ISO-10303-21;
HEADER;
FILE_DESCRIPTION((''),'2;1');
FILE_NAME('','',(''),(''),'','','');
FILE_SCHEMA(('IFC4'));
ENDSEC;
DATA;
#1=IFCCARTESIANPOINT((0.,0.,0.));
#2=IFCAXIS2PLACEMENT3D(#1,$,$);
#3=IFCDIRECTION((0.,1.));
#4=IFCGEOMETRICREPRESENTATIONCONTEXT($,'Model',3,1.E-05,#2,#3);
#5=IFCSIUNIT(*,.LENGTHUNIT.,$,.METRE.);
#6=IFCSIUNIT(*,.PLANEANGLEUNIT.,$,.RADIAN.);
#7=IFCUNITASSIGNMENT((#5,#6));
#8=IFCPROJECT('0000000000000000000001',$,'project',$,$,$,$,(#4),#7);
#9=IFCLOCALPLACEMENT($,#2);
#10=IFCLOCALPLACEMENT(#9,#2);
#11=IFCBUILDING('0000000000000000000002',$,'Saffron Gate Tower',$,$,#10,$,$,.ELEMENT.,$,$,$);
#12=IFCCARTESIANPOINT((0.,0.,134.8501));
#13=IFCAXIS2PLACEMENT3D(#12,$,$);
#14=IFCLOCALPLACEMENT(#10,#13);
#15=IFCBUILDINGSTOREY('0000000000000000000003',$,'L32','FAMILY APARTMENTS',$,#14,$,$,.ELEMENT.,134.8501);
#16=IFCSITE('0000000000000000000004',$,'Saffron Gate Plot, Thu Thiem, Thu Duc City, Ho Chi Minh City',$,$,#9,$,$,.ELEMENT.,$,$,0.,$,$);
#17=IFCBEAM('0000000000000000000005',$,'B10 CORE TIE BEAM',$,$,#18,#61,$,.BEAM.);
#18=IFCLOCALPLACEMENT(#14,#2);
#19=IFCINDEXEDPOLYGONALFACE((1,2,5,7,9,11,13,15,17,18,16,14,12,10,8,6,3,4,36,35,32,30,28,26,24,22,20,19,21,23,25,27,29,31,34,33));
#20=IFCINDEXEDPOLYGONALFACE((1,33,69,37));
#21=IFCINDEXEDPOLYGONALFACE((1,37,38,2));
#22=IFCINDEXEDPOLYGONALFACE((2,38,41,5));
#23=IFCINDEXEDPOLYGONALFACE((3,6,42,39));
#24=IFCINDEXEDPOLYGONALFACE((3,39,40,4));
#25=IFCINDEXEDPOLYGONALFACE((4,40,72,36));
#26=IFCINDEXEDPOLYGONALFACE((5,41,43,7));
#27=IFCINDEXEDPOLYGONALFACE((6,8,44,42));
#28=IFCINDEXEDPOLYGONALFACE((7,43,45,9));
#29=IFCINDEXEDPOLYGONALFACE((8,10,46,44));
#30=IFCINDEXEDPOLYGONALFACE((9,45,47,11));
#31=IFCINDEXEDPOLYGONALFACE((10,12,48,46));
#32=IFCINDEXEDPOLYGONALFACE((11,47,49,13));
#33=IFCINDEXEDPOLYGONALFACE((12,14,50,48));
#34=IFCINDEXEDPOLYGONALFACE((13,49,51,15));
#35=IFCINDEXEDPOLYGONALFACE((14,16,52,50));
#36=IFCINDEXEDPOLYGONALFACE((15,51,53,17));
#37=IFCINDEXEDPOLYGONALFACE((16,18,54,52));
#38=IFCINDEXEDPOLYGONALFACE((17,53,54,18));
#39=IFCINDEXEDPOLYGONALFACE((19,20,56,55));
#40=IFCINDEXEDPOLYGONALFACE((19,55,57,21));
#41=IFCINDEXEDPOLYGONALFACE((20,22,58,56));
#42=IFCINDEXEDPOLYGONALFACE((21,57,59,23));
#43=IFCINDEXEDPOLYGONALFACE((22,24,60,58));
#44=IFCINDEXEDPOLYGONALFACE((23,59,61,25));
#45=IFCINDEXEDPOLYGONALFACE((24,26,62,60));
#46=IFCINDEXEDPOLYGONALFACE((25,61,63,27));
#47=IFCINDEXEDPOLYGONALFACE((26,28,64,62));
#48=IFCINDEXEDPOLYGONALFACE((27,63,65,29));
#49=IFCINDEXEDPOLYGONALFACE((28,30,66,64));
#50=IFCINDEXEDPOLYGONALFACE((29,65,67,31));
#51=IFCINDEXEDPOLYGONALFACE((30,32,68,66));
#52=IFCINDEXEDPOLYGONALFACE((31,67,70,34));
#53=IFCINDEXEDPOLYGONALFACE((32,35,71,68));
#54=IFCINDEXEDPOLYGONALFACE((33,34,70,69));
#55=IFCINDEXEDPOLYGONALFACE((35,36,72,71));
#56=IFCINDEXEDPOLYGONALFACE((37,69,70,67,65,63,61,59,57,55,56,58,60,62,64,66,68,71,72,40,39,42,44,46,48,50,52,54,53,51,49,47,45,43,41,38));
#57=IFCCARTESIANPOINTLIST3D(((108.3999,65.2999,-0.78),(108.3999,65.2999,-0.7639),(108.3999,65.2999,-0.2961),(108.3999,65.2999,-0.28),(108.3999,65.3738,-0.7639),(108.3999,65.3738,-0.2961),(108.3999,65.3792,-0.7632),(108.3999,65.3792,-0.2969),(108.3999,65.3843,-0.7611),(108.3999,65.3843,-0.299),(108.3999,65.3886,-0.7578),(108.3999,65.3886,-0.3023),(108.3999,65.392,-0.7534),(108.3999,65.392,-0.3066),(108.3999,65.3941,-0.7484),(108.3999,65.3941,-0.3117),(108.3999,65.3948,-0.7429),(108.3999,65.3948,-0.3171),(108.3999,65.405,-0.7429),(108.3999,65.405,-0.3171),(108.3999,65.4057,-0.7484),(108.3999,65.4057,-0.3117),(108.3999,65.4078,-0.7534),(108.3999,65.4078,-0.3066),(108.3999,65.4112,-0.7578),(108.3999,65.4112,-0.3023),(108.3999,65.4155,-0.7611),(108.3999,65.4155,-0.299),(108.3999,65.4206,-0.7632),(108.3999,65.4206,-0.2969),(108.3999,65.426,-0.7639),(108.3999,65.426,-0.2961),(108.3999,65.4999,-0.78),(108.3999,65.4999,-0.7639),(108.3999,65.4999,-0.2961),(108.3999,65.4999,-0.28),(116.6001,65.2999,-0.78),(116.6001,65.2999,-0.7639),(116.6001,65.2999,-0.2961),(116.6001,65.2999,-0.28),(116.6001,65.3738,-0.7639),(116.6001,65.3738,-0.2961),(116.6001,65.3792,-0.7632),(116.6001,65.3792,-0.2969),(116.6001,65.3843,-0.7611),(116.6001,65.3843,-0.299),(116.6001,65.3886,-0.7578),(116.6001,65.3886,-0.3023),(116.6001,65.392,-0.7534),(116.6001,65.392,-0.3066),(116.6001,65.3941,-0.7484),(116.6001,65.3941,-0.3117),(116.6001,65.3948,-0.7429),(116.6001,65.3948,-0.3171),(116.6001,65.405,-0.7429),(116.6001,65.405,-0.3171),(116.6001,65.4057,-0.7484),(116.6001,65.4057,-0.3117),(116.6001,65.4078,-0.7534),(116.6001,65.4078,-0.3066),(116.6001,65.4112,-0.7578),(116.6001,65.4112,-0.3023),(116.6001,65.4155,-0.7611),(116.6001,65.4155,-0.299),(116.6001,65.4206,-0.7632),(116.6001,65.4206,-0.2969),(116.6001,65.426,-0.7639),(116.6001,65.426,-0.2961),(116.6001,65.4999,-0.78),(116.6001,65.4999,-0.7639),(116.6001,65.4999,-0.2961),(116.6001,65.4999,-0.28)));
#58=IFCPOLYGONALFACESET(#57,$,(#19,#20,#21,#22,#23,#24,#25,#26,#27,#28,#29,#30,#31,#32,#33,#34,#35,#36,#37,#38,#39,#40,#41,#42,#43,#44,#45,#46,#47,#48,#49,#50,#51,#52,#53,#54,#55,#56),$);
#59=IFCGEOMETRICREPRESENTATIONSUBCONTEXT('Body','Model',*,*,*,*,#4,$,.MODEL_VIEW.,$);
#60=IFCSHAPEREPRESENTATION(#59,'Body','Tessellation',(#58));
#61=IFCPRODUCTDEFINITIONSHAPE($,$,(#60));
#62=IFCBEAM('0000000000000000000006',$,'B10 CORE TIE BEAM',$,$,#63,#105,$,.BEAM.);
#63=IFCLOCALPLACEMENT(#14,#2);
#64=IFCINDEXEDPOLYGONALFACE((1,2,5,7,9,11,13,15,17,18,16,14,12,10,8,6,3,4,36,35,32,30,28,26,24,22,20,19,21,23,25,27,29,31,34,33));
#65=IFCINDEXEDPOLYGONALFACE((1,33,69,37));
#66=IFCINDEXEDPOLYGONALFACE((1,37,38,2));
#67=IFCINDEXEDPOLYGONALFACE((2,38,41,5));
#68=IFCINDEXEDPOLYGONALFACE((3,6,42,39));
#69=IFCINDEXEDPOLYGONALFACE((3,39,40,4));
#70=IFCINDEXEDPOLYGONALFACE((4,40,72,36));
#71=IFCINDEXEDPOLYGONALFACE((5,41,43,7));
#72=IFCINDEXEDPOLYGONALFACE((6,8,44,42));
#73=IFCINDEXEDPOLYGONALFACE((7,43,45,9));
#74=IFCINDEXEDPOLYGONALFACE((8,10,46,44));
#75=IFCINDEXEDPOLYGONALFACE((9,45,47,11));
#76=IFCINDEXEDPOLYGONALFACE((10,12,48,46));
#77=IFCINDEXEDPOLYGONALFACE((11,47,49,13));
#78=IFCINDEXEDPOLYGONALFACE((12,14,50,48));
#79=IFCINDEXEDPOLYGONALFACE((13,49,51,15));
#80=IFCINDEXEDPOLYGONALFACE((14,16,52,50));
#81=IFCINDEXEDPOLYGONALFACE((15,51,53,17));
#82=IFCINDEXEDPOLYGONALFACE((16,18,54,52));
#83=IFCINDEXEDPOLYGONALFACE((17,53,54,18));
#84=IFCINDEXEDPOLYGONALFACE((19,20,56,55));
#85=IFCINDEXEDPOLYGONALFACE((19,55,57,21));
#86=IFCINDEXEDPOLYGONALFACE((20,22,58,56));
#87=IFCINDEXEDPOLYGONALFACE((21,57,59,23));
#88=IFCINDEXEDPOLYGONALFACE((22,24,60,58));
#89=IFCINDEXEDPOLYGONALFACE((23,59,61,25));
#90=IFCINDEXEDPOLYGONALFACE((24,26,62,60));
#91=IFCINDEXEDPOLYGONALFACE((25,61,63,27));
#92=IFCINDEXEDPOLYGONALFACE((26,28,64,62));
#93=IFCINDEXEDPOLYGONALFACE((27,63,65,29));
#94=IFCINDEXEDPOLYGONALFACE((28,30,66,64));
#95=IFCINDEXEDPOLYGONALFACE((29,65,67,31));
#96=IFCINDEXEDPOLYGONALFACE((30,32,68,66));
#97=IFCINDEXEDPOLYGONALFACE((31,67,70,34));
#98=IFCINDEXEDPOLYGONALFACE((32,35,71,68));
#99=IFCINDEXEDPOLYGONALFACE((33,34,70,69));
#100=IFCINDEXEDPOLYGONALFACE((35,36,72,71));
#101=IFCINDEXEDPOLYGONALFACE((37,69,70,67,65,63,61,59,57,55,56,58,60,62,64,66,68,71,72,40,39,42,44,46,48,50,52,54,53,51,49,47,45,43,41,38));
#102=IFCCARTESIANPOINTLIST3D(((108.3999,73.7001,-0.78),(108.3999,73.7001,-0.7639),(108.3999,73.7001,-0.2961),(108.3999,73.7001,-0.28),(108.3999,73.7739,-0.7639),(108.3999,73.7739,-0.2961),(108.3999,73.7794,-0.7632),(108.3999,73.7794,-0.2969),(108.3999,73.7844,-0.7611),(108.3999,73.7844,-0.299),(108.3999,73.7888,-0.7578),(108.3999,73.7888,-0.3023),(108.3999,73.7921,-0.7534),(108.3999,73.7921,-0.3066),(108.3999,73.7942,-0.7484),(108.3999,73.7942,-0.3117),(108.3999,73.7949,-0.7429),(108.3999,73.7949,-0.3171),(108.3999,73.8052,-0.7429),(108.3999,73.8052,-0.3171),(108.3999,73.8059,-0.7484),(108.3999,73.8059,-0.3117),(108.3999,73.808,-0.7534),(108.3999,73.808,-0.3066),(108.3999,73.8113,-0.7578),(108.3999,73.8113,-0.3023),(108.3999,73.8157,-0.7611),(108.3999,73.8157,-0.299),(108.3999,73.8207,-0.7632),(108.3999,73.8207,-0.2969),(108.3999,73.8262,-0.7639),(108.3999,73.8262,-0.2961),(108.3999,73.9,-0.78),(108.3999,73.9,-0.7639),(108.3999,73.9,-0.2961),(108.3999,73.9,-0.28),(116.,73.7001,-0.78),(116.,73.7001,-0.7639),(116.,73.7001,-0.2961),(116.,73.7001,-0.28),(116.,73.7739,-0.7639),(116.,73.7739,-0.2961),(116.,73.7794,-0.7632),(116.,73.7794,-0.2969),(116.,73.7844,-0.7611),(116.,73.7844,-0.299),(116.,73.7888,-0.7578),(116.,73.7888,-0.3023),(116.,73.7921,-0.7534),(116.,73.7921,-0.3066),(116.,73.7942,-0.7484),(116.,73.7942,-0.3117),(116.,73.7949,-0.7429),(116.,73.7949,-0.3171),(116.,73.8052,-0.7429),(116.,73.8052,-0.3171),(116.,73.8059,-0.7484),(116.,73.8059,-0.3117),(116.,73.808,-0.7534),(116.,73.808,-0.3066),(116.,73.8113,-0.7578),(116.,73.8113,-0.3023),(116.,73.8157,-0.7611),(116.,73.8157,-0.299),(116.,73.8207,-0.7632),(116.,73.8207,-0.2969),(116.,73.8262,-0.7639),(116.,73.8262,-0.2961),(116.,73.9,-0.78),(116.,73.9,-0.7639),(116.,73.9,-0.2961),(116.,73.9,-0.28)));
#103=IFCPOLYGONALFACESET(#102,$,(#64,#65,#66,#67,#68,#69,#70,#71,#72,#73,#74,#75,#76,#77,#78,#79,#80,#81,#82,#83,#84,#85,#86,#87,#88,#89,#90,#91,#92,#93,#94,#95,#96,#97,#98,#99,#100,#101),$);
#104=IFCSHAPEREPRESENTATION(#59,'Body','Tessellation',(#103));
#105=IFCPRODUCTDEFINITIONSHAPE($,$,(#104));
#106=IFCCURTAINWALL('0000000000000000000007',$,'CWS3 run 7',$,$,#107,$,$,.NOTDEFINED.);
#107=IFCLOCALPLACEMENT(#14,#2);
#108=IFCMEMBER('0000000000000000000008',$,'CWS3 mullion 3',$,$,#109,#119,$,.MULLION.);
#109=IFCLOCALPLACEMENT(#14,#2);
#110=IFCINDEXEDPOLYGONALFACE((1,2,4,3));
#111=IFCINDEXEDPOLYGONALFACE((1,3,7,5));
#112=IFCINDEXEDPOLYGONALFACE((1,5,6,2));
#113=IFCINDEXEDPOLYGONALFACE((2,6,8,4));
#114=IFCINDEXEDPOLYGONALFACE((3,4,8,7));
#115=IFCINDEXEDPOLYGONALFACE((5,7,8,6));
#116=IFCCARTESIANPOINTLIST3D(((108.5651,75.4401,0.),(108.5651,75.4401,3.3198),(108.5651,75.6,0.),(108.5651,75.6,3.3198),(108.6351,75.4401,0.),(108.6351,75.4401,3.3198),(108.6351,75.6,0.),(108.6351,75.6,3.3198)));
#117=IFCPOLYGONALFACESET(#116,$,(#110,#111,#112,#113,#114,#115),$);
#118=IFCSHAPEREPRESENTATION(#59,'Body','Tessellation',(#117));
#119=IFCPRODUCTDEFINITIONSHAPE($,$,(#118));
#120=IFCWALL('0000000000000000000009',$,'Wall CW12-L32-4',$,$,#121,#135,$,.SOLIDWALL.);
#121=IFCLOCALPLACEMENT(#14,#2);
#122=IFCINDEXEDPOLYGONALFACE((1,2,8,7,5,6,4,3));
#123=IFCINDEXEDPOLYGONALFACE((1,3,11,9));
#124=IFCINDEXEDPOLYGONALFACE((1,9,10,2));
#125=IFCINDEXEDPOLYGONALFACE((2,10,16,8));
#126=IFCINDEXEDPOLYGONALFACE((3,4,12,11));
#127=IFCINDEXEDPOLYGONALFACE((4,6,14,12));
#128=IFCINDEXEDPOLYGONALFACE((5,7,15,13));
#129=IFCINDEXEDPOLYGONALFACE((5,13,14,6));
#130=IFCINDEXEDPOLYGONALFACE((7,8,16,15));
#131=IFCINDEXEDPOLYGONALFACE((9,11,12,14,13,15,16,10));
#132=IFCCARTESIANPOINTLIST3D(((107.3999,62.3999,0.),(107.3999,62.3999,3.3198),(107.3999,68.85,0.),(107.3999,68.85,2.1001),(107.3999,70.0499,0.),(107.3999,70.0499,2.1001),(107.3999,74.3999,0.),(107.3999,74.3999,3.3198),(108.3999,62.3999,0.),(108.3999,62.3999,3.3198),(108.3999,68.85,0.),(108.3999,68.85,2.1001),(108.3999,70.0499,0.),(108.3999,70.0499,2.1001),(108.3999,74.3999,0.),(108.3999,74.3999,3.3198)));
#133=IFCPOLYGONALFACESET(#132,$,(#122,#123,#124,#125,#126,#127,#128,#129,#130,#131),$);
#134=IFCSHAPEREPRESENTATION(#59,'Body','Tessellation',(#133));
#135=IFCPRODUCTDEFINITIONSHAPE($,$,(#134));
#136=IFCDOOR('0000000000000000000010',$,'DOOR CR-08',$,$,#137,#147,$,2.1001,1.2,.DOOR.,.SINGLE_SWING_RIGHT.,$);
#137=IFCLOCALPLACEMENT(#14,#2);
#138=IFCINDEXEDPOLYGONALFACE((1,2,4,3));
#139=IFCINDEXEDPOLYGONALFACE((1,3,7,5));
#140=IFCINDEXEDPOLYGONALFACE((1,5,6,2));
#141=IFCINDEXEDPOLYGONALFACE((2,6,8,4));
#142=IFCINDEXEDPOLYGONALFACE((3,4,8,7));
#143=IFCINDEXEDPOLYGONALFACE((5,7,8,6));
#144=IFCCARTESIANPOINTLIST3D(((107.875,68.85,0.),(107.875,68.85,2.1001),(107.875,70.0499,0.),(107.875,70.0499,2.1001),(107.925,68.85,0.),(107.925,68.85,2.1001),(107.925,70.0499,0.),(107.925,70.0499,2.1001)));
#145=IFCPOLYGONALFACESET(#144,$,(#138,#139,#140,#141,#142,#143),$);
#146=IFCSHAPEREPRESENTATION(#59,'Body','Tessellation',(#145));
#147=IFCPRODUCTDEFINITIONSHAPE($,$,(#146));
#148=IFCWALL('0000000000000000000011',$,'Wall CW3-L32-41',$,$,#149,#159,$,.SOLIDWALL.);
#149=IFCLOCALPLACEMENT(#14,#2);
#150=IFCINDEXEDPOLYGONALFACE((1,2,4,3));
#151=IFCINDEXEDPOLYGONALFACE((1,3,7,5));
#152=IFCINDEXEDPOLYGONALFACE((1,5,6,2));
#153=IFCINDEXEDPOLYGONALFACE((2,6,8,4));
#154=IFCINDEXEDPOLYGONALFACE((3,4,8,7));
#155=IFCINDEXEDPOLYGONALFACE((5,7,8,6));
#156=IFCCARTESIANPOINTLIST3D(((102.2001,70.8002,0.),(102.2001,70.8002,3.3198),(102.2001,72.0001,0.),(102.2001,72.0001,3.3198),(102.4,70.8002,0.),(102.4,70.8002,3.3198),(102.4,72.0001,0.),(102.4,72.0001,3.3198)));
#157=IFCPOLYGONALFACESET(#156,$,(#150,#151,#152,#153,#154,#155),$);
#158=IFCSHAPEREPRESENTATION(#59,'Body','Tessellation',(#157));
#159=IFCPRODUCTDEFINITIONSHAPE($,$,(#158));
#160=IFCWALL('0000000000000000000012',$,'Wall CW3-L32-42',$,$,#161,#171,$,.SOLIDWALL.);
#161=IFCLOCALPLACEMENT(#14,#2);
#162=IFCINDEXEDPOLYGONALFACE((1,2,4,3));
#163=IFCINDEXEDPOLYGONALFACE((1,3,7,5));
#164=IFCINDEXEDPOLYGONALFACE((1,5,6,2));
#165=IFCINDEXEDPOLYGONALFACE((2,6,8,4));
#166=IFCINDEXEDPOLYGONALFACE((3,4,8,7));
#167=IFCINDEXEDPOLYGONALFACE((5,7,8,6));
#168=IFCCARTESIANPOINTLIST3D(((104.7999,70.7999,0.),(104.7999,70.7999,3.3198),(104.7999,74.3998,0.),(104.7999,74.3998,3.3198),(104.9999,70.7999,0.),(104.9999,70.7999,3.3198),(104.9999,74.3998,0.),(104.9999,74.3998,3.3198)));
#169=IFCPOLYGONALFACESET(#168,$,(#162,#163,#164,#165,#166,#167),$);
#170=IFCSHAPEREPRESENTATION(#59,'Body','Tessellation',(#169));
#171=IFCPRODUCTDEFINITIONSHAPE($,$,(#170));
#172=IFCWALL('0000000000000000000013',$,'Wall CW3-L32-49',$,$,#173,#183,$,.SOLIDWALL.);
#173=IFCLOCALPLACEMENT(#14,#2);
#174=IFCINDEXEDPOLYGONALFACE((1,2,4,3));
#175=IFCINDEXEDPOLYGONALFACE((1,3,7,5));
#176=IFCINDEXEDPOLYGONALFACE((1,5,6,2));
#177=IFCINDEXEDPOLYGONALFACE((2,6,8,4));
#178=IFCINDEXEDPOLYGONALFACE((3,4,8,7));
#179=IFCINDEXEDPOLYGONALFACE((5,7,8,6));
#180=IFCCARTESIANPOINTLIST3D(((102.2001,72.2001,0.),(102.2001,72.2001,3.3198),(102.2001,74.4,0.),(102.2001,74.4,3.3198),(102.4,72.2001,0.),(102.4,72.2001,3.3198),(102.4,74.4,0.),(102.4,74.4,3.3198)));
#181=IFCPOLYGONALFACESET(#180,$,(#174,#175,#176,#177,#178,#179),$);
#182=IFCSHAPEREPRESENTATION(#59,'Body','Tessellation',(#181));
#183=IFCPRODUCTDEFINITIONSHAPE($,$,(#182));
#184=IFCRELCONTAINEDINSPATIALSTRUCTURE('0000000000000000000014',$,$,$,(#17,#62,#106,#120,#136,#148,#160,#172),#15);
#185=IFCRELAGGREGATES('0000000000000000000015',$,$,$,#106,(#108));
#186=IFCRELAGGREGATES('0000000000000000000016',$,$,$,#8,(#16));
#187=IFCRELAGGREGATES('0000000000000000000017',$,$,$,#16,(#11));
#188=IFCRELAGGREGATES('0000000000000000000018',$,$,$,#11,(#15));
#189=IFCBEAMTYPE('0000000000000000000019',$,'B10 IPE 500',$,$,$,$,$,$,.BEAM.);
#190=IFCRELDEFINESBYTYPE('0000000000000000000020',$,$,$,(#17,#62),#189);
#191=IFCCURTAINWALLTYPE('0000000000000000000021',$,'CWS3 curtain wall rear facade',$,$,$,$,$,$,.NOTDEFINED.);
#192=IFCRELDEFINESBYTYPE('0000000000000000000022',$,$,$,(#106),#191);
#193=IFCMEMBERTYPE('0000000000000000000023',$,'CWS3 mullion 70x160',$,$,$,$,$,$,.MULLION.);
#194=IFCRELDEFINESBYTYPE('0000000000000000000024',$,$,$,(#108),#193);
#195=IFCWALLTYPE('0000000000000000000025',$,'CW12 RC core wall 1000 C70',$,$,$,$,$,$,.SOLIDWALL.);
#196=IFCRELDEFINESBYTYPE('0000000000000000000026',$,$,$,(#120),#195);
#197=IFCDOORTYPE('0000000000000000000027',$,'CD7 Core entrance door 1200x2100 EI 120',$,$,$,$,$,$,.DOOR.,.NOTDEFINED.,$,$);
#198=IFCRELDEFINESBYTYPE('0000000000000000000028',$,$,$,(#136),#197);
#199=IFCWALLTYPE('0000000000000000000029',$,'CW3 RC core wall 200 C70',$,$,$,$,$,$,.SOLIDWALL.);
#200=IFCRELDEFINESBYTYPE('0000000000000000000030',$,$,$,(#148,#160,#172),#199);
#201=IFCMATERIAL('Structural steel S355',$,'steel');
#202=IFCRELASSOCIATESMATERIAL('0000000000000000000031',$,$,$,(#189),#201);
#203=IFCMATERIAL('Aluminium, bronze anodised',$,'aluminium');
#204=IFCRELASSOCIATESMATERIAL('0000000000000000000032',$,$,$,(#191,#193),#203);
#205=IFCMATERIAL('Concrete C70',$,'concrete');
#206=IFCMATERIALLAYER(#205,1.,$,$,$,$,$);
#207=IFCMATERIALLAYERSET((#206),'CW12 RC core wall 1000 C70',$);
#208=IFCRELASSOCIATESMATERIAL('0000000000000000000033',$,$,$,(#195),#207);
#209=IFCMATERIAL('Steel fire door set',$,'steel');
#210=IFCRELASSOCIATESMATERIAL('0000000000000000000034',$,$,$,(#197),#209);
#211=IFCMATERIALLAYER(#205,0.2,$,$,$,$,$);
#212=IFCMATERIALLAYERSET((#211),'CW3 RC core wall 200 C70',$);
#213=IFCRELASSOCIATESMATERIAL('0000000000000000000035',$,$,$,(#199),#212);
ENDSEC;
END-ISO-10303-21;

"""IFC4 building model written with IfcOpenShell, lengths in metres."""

from ifc_helpers import new_model, si_unit, direction, frame, frame_2d, origin, origin_2d, place, context, subcontext, project, spatial, rectangle, i_section, extrude, material, layer, layer_set, material_profile, profile_set, type_object, element, fill, aggregate, save


model = new_model("IFC4")

# Units and contexts
model_context = context("Model", 3, precision=1e-05, world=origin(), true_north=direction((0.0, 1.0)))
body_context = subcontext(model_context, "Body", "Model", "MODEL_VIEW")
ifc_project = project(units=[si_unit("LENGTHUNIT", "METRE"), si_unit("PLANEANGLEUNIT", "RADIAN")], contexts=[model_context])

# Site, building, storey
site_placement = place(None, origin())
site = spatial("IfcSite", under=ifc_project, at=site_placement, Name="Saffron Gate Plot, Thu Thiem, Thu Duc City, Ho Chi Minh City", CompositionType="ELEMENT", RefElevation=0.0)
building_placement = place(site_placement, origin())
building = spatial("IfcBuilding", under=site, at=building_placement, Name="Saffron Gate Tower", CompositionType="ELEMENT")
storey_placement = place(building_placement, frame((0.0, 0.0, 134.8501)))
storey = spatial("IfcBuildingStorey", under=building, at=storey_placement, Name="L32", Description="FAMILY APARTMENTS", CompositionType="ELEMENT", Elevation=134.8501)

# Beams
ifc_material_1 = material(Name="Structural steel S355", Category="steel")
ifc_material_profile_1 = material_profile(ifc_material_1, i_section(OverallWidth=0.2, OverallDepth=0.5, WebThickness=0.0103, FlangeThickness=0.0161, FilletRadius=0.021, at=origin_2d()))
ifc_profile_set_1 = profile_set([ifc_material_profile_1], Name="Structural steel S355")
beam_type = type_object("IfcBeamType", Name="B10 IPE 500", PredefinedType="BEAM", material=ifc_profile_set_1)
beam_1_placement = place(storey_placement, frame((116.6001, 65.3999, -0.53), z_axis=(-1.0, 0.0, 0.0), x_axis=(0.0, -1.0, 0.0)))
element("IfcBeam", 1, at=beam_1_placement, inside=storey, type_object=beam_type, Name="B10 CORE TIE BEAM", PredefinedType="BEAM", context=body_context, shape_type="SweptSolid", body=[
    extrude(i_section(OverallWidth=0.2, OverallDepth=0.5, WebThickness=0.0103, FlangeThickness=0.0161, FilletRadius=0.021, at=origin_2d()), origin(), (0.0, 0.0, 1.0), 8.2002),
])
beam_2_placement = place(storey_placement, frame((116.0, 73.8, -0.53), z_axis=(-1.0, 0.0, 0.0), x_axis=(0.0, -1.0, 0.0)))
element("IfcBeam", 2, at=beam_2_placement, inside=storey, type_object=beam_type, Name="B10 CORE TIE BEAM", PredefinedType="BEAM", context=body_context, shape_type="SweptSolid", body=[
    extrude(i_section(OverallWidth=0.2, OverallDepth=0.5, WebThickness=0.0103, FlangeThickness=0.0161, FilletRadius=0.021, at=origin_2d()), origin(), (0.0, 0.0, 1.0), 7.6001),
])

# Curtain wall, member
ifc_material_2 = material(Name="Aluminium, bronze anodised", Category="aluminium")
curtain_wall_type = type_object("IfcCurtainWallType", Name="CWS3 curtain wall rear facade", PredefinedType="NOTDEFINED", material=ifc_material_2)
curtain_wall_placement = place(storey_placement, origin())
curtain_wall = element("IfcCurtainWall", 3, at=curtain_wall_placement, inside=storey, type_object=curtain_wall_type, Name="CWS3 run 7", PredefinedType="NOTDEFINED")
ifc_material_profile_2 = material_profile(ifc_material_2, rectangle(XDim=0.1599, YDim=0.0701, at=origin_2d()))
ifc_profile_set_2 = profile_set([ifc_material_profile_2], Name="Aluminium, bronze anodised")
member_type = type_object("IfcMemberType", Name="CWS3 mullion 70x160", PredefinedType="MULLION", material=ifc_profile_set_2)
member_placement = place(storey_placement, frame((108.6001, 75.52, 0.0), z_axis=(0.0, 0.0, 1.0), x_axis=(0.0, -1.0, 0.0)))
member = element("IfcMember", 4, at=member_placement, type_object=member_type, Name="CWS3 mullion 3", PredefinedType="MULLION", context=body_context, shape_type="SweptSolid", body=[
    extrude(rectangle(XDim=0.1599, YDim=0.0701, at=origin_2d()), origin(), (0.0, 0.0, 1.0), 3.3198),
])
aggregate(curtain_wall, [member])

# Wall, opening, door
ifc_material_3 = material(Name="Concrete C70", Category="concrete")
ifc_layer_1 = layer(ifc_material_3, 1.0)
ifc_layer_set_1 = layer_set([ifc_layer_1], Name="CW12 RC core wall 1000 C70")
wall_type_1 = type_object("IfcWallType", Name="CW12 RC core wall 1000 C70", PredefinedType="SOLIDWALL", material=ifc_layer_set_1)
wall_1_placement = place(storey_placement, frame((107.8999, 62.3999, 0.0), z_axis=(0.0, 0.0, 1.0), x_axis=(0.0, 1.0, 0.0)))
wall_1 = element("IfcWall", 5, at=wall_1_placement, inside=storey, type_object=wall_type_1, Name="Wall CW12-L32-4", PredefinedType="SOLIDWALL", context=body_context, shape_type="SweptSolid", body=[
    extrude(rectangle(XDim=12.0, YDim=1.0, at=frame_2d((6.0, 0.0))), origin(), (0.0, 0.0, 1.0), 3.3198),
])
opening_1_placement = place(wall_1_placement, frame((6.45, 0.0, 0.0)))
opening_1 = element("IfcOpeningElement", 6, at=opening_1_placement, cuts=wall_1, PredefinedType="OPENING", context=body_context, shape_type="SweptSolid", body=[
    extrude(rectangle(XDim=1.2, YDim=2.1001, at=frame_2d((0.6001, 1.05))), frame((0.0, 0.51, 0.0), z_axis=(0.0, -1.0, 0.0), x_axis=(1.0, 0.0, 0.0)), (0.0, 0.0, 1.0), 1.02),
])
ifc_material_4 = material(Name="Steel fire door set", Category="steel")
door_type_1 = type_object("IfcDoorType", Name="CD7 Core entrance door 1200x2100 EI 120", OperationType="NOTDEFINED", PredefinedType="DOOR", material=ifc_material_4)
door_1_placement = place(opening_1_placement, origin())
door_1 = element("IfcDoor", 7, at=door_1_placement, inside=storey, type_object=door_type_1, Name="DOOR CR-08", OperationType="SINGLE_SWING_RIGHT", OverallHeight=2.1001, OverallWidth=1.2, PredefinedType="DOOR", context=body_context, shape_type="SweptSolid", body=[
    extrude(rectangle(XDim=1.2, YDim=2.1001, at=frame_2d((0.6001, 1.05))), frame((0.0, 0.0249, 0.0), z_axis=(0.0, -1.0, 0.0), x_axis=(1.0, 0.0, 0.0)), (0.0, 0.0, 1.0), 0.05),
])
fill(opening_1, door_1)

# Walls
ifc_layer_2 = layer(ifc_material_3, 0.2)
ifc_layer_set_2 = layer_set([ifc_layer_2], Name="CW3 RC core wall 200 C70")
wall_type_2 = type_object("IfcWallType", Name="CW3 RC core wall 200 C70", PredefinedType="SOLIDWALL", material=ifc_layer_set_2)
wall_2_placement = place(storey_placement, frame((102.3, 70.8, 0.0), z_axis=(0.0, 0.0, 1.0), x_axis=(0.0, 1.0, 0.0)))
element("IfcWall", 8, at=wall_2_placement, inside=storey, type_object=wall_type_2, Name="Wall CW3-L32-41", PredefinedType="SOLIDWALL", context=body_context, shape_type="SweptSolid", body=[
    extrude(rectangle(XDim=1.2, YDim=0.2, at=frame_2d((0.6001, 0.0))), origin(), (0.0, 0.0, 1.0), 3.3198),
])
wall_3_placement = place(storey_placement, frame((104.8999, 70.8, 0.0), z_axis=(0.0, 0.0, 1.0), x_axis=(0.0, 1.0, 0.0)))
element("IfcWall", 9, at=wall_3_placement, inside=storey, type_object=wall_type_2, Name="Wall CW3-L32-42", PredefinedType="SOLIDWALL", context=body_context, shape_type="SweptSolid", body=[
    extrude(rectangle(XDim=3.5999, YDim=0.2, at=frame_2d((1.7998, 0.0))), origin(), (0.0, 0.0, 1.0), 3.3198),
])
wall_4_placement = place(storey_placement, frame((102.3, 72.2, 0.0), z_axis=(0.0, 0.0, 1.0), x_axis=(0.0, 1.0, 0.0)))
element("IfcWall", 10, at=wall_4_placement, inside=storey, type_object=wall_type_2, Name="Wall CW3-L32-49", PredefinedType="SOLIDWALL", context=body_context, shape_type="SweptSolid", body=[
    extrude(rectangle(XDim=2.2, YDim=0.2, at=frame_2d((1.1001, 0.0))), origin(), (0.0, 0.0, 1.0), 3.3198),
])

save(model, "model.ifc")
